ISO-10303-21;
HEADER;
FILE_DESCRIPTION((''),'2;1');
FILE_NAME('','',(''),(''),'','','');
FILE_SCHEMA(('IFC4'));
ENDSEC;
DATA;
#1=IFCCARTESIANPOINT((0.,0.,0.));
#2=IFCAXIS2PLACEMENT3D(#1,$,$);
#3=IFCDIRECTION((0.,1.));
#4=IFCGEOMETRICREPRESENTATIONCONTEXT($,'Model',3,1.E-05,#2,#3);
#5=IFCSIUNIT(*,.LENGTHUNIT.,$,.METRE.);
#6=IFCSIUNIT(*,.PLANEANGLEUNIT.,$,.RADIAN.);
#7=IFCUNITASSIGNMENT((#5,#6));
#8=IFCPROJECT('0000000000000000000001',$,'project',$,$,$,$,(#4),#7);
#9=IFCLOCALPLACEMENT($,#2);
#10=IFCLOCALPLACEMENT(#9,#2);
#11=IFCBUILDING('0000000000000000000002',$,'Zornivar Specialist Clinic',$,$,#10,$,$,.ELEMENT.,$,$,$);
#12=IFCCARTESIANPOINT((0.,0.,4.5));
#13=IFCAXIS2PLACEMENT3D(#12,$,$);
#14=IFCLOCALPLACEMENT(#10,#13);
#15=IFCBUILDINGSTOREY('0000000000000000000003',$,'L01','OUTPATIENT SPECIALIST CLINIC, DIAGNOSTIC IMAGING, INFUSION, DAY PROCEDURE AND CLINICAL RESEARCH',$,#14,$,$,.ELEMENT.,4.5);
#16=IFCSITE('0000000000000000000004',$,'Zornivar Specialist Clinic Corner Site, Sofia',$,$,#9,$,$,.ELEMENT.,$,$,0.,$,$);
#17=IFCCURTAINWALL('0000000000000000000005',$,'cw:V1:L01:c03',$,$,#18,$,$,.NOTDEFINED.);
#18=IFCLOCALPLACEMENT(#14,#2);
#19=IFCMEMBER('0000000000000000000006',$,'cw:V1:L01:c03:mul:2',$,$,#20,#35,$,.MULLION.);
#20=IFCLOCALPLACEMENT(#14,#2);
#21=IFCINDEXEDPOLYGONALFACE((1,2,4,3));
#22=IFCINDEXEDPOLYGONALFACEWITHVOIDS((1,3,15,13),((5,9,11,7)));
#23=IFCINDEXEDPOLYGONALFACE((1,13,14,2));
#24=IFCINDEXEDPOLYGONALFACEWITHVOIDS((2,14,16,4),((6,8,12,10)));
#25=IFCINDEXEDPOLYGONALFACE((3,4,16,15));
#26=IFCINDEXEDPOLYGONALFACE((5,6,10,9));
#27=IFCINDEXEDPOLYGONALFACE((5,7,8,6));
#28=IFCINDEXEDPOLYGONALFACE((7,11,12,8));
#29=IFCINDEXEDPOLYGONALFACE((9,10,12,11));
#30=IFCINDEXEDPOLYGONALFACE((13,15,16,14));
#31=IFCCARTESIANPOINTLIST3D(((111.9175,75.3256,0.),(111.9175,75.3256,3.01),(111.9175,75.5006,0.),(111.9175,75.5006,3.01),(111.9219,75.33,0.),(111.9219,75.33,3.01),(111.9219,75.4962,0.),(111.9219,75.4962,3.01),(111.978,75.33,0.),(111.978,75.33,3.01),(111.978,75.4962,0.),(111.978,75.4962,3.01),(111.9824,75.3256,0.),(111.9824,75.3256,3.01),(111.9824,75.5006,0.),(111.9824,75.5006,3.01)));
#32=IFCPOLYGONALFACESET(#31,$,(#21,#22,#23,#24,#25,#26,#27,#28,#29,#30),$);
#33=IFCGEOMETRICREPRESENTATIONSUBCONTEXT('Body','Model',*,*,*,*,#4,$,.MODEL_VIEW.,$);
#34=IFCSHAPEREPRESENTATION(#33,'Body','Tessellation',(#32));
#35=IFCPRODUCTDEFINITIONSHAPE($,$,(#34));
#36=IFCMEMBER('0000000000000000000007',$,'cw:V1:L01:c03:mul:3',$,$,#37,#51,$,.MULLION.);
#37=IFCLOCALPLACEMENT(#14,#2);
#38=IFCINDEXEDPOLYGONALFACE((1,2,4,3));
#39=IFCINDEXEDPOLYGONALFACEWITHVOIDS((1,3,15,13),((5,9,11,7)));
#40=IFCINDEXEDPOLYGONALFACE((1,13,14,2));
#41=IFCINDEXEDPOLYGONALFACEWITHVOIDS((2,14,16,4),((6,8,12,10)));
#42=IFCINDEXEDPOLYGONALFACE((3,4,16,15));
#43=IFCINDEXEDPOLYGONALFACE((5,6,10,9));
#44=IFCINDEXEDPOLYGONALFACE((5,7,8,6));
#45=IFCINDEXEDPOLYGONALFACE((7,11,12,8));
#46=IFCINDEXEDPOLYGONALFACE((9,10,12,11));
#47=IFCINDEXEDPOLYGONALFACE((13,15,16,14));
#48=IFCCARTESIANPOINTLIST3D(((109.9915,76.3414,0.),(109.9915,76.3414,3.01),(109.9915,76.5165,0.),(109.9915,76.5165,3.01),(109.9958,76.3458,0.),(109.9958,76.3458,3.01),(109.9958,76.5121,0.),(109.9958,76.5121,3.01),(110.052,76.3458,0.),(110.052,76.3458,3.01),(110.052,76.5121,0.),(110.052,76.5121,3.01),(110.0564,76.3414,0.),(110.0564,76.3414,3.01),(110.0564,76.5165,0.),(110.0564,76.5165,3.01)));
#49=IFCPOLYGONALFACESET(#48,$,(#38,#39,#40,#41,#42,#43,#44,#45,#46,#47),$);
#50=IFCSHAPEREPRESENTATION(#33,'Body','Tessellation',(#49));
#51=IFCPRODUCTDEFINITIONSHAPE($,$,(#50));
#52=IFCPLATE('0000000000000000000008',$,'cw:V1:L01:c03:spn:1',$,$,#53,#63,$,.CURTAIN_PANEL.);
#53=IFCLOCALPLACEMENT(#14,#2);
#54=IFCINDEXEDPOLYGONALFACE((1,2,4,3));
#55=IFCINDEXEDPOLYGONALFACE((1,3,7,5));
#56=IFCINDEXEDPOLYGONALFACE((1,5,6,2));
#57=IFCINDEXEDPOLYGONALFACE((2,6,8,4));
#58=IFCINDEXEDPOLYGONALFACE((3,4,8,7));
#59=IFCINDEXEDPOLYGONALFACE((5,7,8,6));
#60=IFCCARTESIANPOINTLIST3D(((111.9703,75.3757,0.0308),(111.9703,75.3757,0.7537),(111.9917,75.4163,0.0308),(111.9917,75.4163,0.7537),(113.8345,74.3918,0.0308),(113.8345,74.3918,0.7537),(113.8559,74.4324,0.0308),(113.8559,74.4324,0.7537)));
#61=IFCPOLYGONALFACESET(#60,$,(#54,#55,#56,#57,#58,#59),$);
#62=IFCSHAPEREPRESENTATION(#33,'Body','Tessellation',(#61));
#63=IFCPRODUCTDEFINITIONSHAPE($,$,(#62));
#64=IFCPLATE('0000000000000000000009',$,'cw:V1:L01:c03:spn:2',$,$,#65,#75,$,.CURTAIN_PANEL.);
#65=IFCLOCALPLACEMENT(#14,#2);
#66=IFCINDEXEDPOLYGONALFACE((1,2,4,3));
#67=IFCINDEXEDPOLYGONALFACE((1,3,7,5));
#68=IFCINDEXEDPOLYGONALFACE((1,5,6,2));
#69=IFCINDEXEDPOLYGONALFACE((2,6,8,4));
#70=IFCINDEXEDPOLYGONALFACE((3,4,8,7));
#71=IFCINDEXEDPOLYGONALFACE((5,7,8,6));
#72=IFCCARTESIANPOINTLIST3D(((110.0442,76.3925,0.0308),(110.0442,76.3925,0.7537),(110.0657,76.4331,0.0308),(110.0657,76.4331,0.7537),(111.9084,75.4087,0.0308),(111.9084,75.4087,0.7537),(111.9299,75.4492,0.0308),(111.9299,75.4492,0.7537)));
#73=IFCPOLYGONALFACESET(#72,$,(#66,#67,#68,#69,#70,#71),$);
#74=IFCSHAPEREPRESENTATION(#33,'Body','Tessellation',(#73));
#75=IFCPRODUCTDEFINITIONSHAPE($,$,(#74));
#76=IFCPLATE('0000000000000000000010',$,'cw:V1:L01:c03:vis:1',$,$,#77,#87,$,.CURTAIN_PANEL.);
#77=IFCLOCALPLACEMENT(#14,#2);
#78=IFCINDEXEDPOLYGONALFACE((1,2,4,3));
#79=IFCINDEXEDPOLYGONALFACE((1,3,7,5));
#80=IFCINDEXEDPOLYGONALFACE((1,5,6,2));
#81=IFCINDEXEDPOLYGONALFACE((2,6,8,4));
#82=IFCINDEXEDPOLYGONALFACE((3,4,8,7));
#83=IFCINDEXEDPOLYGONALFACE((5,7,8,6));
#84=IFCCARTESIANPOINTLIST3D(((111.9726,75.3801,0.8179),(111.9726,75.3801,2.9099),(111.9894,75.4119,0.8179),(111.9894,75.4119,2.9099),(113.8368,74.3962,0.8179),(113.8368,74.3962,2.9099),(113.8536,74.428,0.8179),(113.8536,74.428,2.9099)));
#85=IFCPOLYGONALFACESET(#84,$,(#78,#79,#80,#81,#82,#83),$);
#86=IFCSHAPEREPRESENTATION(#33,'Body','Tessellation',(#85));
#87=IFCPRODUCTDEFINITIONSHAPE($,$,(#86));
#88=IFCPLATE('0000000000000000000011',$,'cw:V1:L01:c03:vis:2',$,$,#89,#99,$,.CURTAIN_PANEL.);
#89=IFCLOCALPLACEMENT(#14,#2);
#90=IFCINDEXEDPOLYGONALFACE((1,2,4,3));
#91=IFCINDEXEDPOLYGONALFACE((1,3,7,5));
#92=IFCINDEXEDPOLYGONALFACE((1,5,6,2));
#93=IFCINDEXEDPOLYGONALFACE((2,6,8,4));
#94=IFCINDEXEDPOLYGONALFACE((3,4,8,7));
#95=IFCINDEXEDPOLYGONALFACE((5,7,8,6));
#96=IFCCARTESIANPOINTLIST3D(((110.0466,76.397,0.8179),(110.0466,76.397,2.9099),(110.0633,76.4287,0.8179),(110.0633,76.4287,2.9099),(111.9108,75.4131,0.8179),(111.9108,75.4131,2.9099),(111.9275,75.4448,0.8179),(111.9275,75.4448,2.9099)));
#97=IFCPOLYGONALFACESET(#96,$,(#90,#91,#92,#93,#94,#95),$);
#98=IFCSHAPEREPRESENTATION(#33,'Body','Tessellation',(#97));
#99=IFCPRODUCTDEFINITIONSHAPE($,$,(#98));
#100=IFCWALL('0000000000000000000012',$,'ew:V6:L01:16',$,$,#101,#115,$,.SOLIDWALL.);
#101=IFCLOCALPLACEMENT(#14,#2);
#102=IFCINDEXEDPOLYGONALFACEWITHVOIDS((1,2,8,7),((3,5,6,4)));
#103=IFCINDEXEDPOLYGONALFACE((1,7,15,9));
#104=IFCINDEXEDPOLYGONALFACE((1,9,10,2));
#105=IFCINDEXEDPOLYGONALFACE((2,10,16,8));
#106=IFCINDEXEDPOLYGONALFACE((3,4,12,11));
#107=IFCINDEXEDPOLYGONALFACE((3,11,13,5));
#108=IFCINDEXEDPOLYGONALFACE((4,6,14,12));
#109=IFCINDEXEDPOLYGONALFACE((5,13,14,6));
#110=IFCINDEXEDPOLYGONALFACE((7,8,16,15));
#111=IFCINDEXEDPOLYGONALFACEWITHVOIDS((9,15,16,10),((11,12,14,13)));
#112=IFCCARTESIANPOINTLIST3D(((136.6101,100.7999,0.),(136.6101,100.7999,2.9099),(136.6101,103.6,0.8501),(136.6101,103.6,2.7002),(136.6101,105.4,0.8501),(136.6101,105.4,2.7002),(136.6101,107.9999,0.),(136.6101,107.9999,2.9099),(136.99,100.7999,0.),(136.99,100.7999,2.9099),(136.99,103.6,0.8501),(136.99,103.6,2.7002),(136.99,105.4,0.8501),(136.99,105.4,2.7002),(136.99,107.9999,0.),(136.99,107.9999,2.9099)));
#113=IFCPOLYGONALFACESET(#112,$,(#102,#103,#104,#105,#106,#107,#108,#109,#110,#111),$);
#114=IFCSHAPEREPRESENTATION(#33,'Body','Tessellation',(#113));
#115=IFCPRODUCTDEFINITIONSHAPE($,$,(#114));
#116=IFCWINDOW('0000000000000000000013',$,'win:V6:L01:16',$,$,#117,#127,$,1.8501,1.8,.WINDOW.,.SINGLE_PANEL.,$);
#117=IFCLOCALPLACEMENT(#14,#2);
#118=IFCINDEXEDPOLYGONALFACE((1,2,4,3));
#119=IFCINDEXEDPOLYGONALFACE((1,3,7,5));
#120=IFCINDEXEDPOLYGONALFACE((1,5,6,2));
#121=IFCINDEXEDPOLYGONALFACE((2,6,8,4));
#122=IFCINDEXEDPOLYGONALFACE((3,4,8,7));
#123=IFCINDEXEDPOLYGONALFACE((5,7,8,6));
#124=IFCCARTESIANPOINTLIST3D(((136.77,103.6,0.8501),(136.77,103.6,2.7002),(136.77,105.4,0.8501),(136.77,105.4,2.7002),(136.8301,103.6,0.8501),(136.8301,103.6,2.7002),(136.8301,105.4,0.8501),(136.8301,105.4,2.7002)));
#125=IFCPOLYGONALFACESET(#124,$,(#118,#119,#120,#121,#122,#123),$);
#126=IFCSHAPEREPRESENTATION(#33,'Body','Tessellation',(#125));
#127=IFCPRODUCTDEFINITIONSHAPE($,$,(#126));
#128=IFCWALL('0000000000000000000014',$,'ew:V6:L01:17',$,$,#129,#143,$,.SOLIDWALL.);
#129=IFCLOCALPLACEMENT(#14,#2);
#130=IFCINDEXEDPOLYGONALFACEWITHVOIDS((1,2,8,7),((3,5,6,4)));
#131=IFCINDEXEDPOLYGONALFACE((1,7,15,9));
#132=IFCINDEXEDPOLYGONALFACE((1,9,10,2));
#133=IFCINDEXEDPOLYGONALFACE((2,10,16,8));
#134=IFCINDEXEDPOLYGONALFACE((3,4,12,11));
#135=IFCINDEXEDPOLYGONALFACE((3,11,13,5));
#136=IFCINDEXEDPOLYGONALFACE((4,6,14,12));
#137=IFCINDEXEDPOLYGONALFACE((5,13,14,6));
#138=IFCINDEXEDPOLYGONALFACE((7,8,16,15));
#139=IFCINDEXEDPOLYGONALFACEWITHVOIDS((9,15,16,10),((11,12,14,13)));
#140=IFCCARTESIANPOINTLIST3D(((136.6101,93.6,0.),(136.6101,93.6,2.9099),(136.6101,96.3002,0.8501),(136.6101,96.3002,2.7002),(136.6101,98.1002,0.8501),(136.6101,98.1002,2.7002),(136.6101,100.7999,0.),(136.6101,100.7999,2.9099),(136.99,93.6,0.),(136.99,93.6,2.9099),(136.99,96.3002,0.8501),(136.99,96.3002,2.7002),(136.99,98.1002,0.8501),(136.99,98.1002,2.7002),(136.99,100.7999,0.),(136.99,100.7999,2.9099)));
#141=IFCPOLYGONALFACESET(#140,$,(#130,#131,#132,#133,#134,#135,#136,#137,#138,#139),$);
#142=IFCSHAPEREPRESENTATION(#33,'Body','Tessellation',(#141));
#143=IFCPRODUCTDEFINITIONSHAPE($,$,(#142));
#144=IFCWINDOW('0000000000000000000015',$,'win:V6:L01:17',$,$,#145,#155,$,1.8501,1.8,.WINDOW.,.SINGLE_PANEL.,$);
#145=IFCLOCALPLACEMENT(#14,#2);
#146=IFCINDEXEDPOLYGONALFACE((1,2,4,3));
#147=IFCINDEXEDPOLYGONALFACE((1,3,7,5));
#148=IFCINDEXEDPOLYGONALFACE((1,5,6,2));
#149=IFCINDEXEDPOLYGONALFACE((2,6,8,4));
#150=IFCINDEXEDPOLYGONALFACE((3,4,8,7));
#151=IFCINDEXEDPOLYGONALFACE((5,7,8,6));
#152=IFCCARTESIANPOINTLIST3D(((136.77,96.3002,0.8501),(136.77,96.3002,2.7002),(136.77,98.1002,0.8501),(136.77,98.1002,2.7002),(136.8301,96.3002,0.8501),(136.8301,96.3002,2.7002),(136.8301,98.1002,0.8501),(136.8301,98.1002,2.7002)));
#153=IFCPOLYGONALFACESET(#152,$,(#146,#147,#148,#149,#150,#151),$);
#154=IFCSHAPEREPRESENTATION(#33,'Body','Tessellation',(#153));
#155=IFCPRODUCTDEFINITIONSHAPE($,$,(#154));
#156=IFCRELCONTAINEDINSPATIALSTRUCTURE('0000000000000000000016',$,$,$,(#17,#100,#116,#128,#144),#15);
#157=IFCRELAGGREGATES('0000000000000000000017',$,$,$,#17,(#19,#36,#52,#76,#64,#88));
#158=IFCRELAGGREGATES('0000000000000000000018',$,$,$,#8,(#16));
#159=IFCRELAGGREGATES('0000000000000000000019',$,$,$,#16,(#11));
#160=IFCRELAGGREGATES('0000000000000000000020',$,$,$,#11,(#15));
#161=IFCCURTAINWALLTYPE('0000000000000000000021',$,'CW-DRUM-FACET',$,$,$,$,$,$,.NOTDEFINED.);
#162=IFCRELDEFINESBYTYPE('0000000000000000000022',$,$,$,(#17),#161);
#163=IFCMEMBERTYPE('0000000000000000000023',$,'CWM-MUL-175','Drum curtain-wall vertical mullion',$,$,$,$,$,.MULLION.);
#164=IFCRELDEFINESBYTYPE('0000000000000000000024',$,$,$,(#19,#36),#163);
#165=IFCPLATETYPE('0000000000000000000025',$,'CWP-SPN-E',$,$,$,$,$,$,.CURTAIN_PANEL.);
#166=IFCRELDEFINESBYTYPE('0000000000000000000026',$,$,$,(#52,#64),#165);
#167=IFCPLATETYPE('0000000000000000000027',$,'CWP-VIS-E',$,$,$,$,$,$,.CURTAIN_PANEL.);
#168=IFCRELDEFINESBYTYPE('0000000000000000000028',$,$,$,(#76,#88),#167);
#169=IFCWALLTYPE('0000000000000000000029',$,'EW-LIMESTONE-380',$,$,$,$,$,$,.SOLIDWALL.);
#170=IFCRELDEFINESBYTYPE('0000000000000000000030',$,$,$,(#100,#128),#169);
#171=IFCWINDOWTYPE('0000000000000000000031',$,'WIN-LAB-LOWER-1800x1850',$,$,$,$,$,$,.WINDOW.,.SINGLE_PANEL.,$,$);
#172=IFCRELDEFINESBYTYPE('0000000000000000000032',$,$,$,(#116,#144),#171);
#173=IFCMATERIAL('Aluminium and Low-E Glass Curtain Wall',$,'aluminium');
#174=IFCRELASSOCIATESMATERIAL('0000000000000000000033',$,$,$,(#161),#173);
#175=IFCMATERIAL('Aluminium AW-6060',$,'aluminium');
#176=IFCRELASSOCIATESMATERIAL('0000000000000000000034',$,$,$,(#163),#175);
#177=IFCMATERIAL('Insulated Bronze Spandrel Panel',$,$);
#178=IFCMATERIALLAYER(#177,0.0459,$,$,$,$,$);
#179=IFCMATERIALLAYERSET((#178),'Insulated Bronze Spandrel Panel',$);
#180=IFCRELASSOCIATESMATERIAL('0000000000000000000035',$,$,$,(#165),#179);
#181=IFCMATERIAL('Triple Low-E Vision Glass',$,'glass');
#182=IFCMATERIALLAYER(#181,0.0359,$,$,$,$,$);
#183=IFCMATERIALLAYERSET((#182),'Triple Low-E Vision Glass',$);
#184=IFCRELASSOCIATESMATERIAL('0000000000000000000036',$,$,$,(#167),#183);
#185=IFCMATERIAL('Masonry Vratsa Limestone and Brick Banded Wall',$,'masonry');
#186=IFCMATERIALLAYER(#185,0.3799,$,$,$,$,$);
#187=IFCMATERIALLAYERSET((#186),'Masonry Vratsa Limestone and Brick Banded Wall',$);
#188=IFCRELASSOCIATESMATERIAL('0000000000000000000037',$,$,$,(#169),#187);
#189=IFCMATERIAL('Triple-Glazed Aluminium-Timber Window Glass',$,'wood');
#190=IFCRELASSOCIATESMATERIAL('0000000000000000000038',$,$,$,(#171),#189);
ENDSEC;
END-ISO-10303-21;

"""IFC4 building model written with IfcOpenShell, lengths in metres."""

from ifc_helpers import new_model, si_unit, direction, frame, frame_2d, origin, origin_2d, place, context, subcontext, project, spatial, rectangle, hollow_rectangle, extrude, material, layer, layer_set, material_profile, profile_set, type_object, element, fill, aggregate, save


model = new_model("IFC4")

# Units and contexts
model_context = context("Model", 3, precision=1e-05, world=origin(), true_north=direction((0.0, 1.0)))
body_context = subcontext(model_context, "Body", "Model", "MODEL_VIEW")
ifc_project = project(units=[si_unit("LENGTHUNIT", "METRE"), si_unit("PLANEANGLEUNIT", "RADIAN")], contexts=[model_context])

# Site, building, storey
site_placement = place(None, origin())
site = spatial("IfcSite", under=ifc_project, at=site_placement, Name="Zornivar Specialist Clinic Corner Site, Sofia", CompositionType="ELEMENT", RefElevation=0.0)
building_placement = place(site_placement, origin())
building = spatial("IfcBuilding", under=site, at=building_placement, Name="Zornivar Specialist Clinic", CompositionType="ELEMENT")
storey_placement = place(building_placement, frame((0.0, 0.0, 4.5)))
storey = spatial("IfcBuildingStorey", under=building, at=storey_placement, Name="L01", Description="OUTPATIENT SPECIALIST CLINIC, DIAGNOSTIC IMAGING, INFUSION, DAY PROCEDURE AND CLINICAL RESEARCH", CompositionType="ELEMENT", Elevation=4.5)

# Curtain wall, members, plates
ifc_material_1 = material(Name="Aluminium and Low-E Glass Curtain Wall", Category="aluminium")
curtain_wall_type = type_object("IfcCurtainWallType", Name="CW-DRUM-FACET", PredefinedType="NOTDEFINED", material=ifc_material_1)
curtain_wall_placement = place(storey_placement, origin())
curtain_wall = element("IfcCurtainWall", 1, at=curtain_wall_placement, inside=storey, type_object=curtain_wall_type, Name="cw:V1:L01:c03", PredefinedType="NOTDEFINED")
ifc_material_2 = material(Name="Aluminium AW-6060", Category="aluminium")
ifc_material_profile_1 = material_profile(ifc_material_2, hollow_rectangle(XDim=0.0649, YDim=0.175, WallThickness=0.0044, at=origin_2d()), Name="ALU 65x175x4.5")
ifc_profile_set_1 = profile_set([ifc_material_profile_1], Name="Aluminium AW-6060")
member_type = type_object("IfcMemberType", Name="CWM-MUL-175", Description="Drum curtain-wall vertical mullion", PredefinedType="MULLION", material=ifc_profile_set_1)
member_1_placement = place(storey_placement, frame((111.95, 75.4131, 0.0), z_axis=(0.0, 0.0, 1.0), x_axis=(1.0, 0.0, 0.0)))
member_1 = element("IfcMember", 2, at=member_1_placement, type_object=member_type, Name="cw:V1:L01:c03:mul:2", PredefinedType="MULLION", context=body_context, shape_type="SweptSolid", body=[
    extrude(hollow_rectangle(XDim=0.0649, YDim=0.175, WallThickness=0.0044, at=origin_2d()), origin(), (0.0, 0.0, 1.0), 3.01),
])
member_2_placement = place(storey_placement, frame((110.0239, 76.429, 0.0), z_axis=(0.0, 0.0, 1.0), x_axis=(1.0, 0.0, 0.0)))
member_2 = element("IfcMember", 3, at=member_2_placement, type_object=member_type, Name="cw:V1:L01:c03:mul:3", PredefinedType="MULLION", context=body_context, shape_type="SweptSolid", body=[
    extrude(hollow_rectangle(XDim=0.0649, YDim=0.175, WallThickness=0.0044, at=origin_2d()), origin(), (0.0, 0.0, 1.0), 3.01),
])
ifc_material_3 = material(Name="Insulated Bronze Spandrel Panel")
ifc_layer_1 = layer(ifc_material_3, 0.0459)
ifc_layer_set_1 = layer_set([ifc_layer_1], Name="Insulated Bronze Spandrel Panel")
plate_type_1 = type_object("IfcPlateType", Name="CWP-SPN-E", PredefinedType="CURTAIN_PANEL", material=ifc_layer_set_1)
plate_1_placement = place(storey_placement, frame((112.9131, 74.9041, 0.0308), z_axis=(0.0, 0.0, 1.0), x_axis=(-0.884383, 0.466762, 0.0)))
plate_1 = element("IfcPlate", 4, at=plate_1_placement, type_object=plate_type_1, Name="cw:V1:L01:c03:spn:1", PredefinedType="CURTAIN_PANEL", context=body_context, shape_type="SweptSolid", body=[
    extrude(rectangle(XDim=2.1079, YDim=0.0459, at=origin_2d()), origin(), (0.0, 0.0, 1.0), 0.7229),
])
plate_2_placement = place(storey_placement, frame((110.9871, 75.9209, 0.0308), z_axis=(0.0, 0.0, 1.0), x_axis=(-0.884383, 0.466762, 0.0)))
plate_2 = element("IfcPlate", 5, at=plate_2_placement, type_object=plate_type_1, Name="cw:V1:L01:c03:spn:2", PredefinedType="CURTAIN_PANEL", context=body_context, shape_type="SweptSolid", body=[
    extrude(rectangle(XDim=2.1079, YDim=0.0459, at=origin_2d()), origin(), (0.0, 0.0, 1.0), 0.7229),
])
ifc_material_4 = material(Name="Triple Low-E Vision Glass", Category="glass")
ifc_layer_2 = layer(ifc_material_4, 0.0359)
ifc_layer_set_2 = layer_set([ifc_layer_2], Name="Triple Low-E Vision Glass")
plate_type_2 = type_object("IfcPlateType", Name="CWP-VIS-E", PredefinedType="CURTAIN_PANEL", material=ifc_layer_set_2)
plate_3_placement = place(storey_placement, frame((112.9131, 74.9041, 0.8179), z_axis=(0.0, 0.0, 1.0), x_axis=(-0.884383, 0.466762, 0.0)))
plate_3 = element("IfcPlate", 6, at=plate_3_placement, type_object=plate_type_2, Name="cw:V1:L01:c03:vis:1", PredefinedType="CURTAIN_PANEL", context=body_context, shape_type="SweptSolid", body=[
    extrude(rectangle(XDim=2.1079, YDim=0.0359, at=origin_2d()), origin(), (0.0, 0.0, 1.0), 2.092),
])
plate_4_placement = place(storey_placement, frame((110.9871, 75.9209, 0.8179), z_axis=(0.0, 0.0, 1.0), x_axis=(-0.884383, 0.466762, 0.0)))
plate_4 = element("IfcPlate", 7, at=plate_4_placement, type_object=plate_type_2, Name="cw:V1:L01:c03:vis:2", PredefinedType="CURTAIN_PANEL", context=body_context, shape_type="SweptSolid", body=[
    extrude(rectangle(XDim=2.1079, YDim=0.0359, at=origin_2d()), origin(), (0.0, 0.0, 1.0), 2.092),
])
aggregate(curtain_wall, [member_1, member_2, plate_1, plate_3, plate_2, plate_4])

# Walls, openings, windows
ifc_material_5 = material(Name="Masonry Vratsa Limestone and Brick Banded Wall", Category="masonry")
ifc_layer_3 = layer(ifc_material_5, 0.3799)
ifc_layer_set_3 = layer_set([ifc_layer_3], Name="Masonry Vratsa Limestone and Brick Banded Wall")
wall_type = type_object("IfcWallType", Name="EW-LIMESTONE-380", PredefinedType="SOLIDWALL", material=ifc_layer_set_3)
wall_1_placement = place(storey_placement, frame((136.8, 108.0, 0.0), z_axis=(0.0, 0.0, 1.0), x_axis=(0.0, -1.0, 0.0)))
wall_1 = element("IfcWall", 8, at=wall_1_placement, inside=storey, type_object=wall_type, Name="ew:V6:L01:16", PredefinedType="SOLIDWALL", context=body_context, shape_type="SweptSolid", body=[
    extrude(rectangle(XDim=7.2, YDim=0.3799, at=frame_2d((3.6001, 0.0))), origin(), (0.0, 0.0, 1.0), 2.9099),
])
opening_1_placement = place(wall_1_placement, frame((2.6001, 0.0, 0.8501)))
opening_1 = element("IfcOpeningElement", 9, at=opening_1_placement, cuts=wall_1, PredefinedType="OPENING", context=body_context, shape_type="SweptSolid", body=[
    extrude(rectangle(XDim=1.8, YDim=1.8501, at=frame_2d((0.8999, 0.925))), frame((0.0, 0.2, 0.0), z_axis=(0.0, -1.0, 0.0), x_axis=(1.0, 0.0, 0.0)), (0.0, 0.0, 1.0), 0.3999),
])
ifc_material_6 = material(Name="Triple-Glazed Aluminium-Timber Window Glass", Category="wood")
window_type = type_object("IfcWindowType", Name="WIN-LAB-LOWER-1800x1850", PartitioningType="SINGLE_PANEL", PredefinedType="WINDOW", material=ifc_material_6)
window_1_placement = place(opening_1_placement, origin())
window_1 = element("IfcWindow", 10, at=window_1_placement, inside=storey, type_object=window_type, Name="win:V6:L01:16", OverallHeight=1.8501, OverallWidth=1.8, PartitioningType="SINGLE_PANEL", PredefinedType="WINDOW", context=body_context, shape_type="SweptSolid", body=[
    extrude(rectangle(XDim=1.8, YDim=1.8501, at=frame_2d((0.8999, 0.925))), frame((0.0, 0.03, 0.0), z_axis=(0.0, -1.0, 0.0), x_axis=(1.0, 0.0, 0.0)), (0.0, 0.0, 1.0), 0.0601),
])
fill(opening_1, window_1)
wall_2_placement = place(storey_placement, frame((136.8, 100.8, 0.0), z_axis=(0.0, 0.0, 1.0), x_axis=(0.0, -1.0, 0.0)))
wall_2 = element("IfcWall", 11, at=wall_2_placement, inside=storey, type_object=wall_type, Name="ew:V6:L01:17", PredefinedType="SOLIDWALL", context=body_context, shape_type="SweptSolid", body=[
    extrude(rectangle(XDim=7.2, YDim=0.3799, at=frame_2d((3.6001, 0.0))), origin(), (0.0, 0.0, 1.0), 2.9099),
])
opening_2_placement = place(wall_2_placement, frame((2.7, 0.0, 0.8501)))
opening_2 = element("IfcOpeningElement", 12, at=opening_2_placement, cuts=wall_2, PredefinedType="OPENING", context=body_context, shape_type="SweptSolid", body=[
    extrude(rectangle(XDim=1.8, YDim=1.8501, at=frame_2d((0.8999, 0.925))), frame((0.0, 0.2, 0.0), z_axis=(0.0, -1.0, 0.0), x_axis=(1.0, 0.0, 0.0)), (0.0, 0.0, 1.0), 0.3999),
])
window_2_placement = place(opening_2_placement, origin())
window_2 = element("IfcWindow", 13, at=window_2_placement, inside=storey, type_object=window_type, Name="win:V6:L01:17", OverallHeight=1.8501, OverallWidth=1.8, PartitioningType="SINGLE_PANEL", PredefinedType="WINDOW", context=body_context, shape_type="SweptSolid", body=[
    extrude(rectangle(XDim=1.8, YDim=1.8501, at=frame_2d((0.8999, 0.925))), frame((0.0, 0.03, 0.0), z_axis=(0.0, -1.0, 0.0), x_axis=(1.0, 0.0, 0.0)), (0.0, 0.0, 1.0), 0.0601),
])
fill(opening_2, window_2)

save(model, "model.ifc")
